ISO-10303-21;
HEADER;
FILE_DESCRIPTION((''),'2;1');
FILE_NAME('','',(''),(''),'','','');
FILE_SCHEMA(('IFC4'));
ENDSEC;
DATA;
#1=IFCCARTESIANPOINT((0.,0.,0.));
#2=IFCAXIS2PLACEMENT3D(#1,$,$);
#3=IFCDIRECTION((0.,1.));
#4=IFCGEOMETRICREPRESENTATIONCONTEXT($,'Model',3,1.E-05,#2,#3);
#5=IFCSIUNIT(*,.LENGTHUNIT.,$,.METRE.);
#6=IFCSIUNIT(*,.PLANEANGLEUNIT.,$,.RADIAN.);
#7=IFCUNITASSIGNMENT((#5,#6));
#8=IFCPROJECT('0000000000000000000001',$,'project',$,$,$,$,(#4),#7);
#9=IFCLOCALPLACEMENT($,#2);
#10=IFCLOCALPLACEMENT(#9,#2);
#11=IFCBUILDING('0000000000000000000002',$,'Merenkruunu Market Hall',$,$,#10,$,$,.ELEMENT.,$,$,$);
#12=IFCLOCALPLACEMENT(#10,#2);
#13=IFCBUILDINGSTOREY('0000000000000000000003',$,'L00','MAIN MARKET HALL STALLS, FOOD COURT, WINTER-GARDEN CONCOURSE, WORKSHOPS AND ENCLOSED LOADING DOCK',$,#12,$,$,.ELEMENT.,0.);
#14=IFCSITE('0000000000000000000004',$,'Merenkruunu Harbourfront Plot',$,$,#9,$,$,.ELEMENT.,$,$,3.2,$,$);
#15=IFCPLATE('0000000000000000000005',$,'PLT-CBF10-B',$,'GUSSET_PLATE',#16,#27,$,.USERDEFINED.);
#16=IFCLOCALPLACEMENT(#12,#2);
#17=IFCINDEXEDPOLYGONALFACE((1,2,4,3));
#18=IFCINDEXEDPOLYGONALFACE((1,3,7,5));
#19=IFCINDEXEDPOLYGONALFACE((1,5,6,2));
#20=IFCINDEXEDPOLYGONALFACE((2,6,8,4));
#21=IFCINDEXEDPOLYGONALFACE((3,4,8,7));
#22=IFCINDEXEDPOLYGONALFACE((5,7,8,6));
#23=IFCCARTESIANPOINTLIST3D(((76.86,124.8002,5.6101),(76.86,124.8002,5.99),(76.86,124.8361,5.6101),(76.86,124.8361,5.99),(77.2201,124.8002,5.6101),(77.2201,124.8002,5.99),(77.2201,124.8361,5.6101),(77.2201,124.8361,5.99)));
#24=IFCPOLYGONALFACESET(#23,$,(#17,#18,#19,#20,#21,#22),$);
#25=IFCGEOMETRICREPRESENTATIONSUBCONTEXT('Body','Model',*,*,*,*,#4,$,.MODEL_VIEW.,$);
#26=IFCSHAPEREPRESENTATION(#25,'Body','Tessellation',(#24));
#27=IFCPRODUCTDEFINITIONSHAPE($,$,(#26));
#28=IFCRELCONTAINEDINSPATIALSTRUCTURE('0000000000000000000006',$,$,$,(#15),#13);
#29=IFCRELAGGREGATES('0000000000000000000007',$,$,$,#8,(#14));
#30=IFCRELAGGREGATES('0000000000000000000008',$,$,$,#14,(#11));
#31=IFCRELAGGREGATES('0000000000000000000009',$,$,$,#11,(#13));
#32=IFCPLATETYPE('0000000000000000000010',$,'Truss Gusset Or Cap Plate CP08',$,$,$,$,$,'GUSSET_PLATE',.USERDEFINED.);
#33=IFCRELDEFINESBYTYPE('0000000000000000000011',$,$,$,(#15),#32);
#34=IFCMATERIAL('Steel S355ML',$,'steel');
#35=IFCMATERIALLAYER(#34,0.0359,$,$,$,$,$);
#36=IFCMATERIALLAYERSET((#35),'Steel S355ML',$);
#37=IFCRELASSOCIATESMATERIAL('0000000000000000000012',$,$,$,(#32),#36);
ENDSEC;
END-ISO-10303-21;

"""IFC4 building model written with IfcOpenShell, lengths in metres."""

from ifc_helpers import new_model, si_unit, direction, frame, origin, origin_2d, place, context, subcontext, project, spatial, rectangle, extrude, material, layer, layer_set, type_object, element, save


model = new_model("IFC4")

# Units and contexts
model_context = context("Model", 3, precision=1e-05, world=origin(), true_north=direction((0.0, 1.0)))
body_context = subcontext(model_context, "Body", "Model", "MODEL_VIEW")
ifc_project = project(units=[si_unit("LENGTHUNIT", "METRE"), si_unit("PLANEANGLEUNIT", "RADIAN")], contexts=[model_context])

# Site, building, storey
site_placement = place(None, origin())
site = spatial("IfcSite", under=ifc_project, at=site_placement, Name="Merenkruunu Harbourfront Plot", CompositionType="ELEMENT", RefElevation=3.2)
building_placement = place(site_placement, origin())
building = spatial("IfcBuilding", under=site, at=building_placement, Name="Merenkruunu Market Hall", CompositionType="ELEMENT")
storey_placement = place(building_placement, origin())
storey = spatial("IfcBuildingStorey", under=building, at=storey_placement, Name="L00", Description="MAIN MARKET HALL STALLS, FOOD COURT, WINTER-GARDEN CONCOURSE, WORKSHOPS AND ENCLOSED LOADING DOCK", CompositionType="ELEMENT", Elevation=0.0)

# Plate
ifc_material_1 = material(Name="Steel S355ML", Category="steel")
ifc_layer_1 = layer(ifc_material_1, 0.0359)
ifc_layer_set_1 = layer_set([ifc_layer_1], Name="Steel S355ML")
plate_type_1 = type_object("IfcPlateType", Name="Truss Gusset Or Cap Plate CP08", ElementType="GUSSET_PLATE", PredefinedType="USERDEFINED", material=ifc_layer_set_1)
plate_1_placement = place(storey_placement, frame((77.04, 124.8181, 5.6101), z_axis=(0.0, 0.0, 1.0), x_axis=(1.0, 0.0, 0.0)))
element("IfcPlate", 1, at=plate_1_placement, inside=storey, type_object=plate_type_1, Name="PLT-CBF10-B", ObjectType="GUSSET_PLATE", PredefinedType="USERDEFINED", context=body_context, shape_type="SweptSolid", body=[
    extrude(rectangle(XDim=0.3601, YDim=0.0359, at=origin_2d()), origin(), (0.0, 0.0, 1.0), 0.3799),
])

save(model, "model.ifc")
